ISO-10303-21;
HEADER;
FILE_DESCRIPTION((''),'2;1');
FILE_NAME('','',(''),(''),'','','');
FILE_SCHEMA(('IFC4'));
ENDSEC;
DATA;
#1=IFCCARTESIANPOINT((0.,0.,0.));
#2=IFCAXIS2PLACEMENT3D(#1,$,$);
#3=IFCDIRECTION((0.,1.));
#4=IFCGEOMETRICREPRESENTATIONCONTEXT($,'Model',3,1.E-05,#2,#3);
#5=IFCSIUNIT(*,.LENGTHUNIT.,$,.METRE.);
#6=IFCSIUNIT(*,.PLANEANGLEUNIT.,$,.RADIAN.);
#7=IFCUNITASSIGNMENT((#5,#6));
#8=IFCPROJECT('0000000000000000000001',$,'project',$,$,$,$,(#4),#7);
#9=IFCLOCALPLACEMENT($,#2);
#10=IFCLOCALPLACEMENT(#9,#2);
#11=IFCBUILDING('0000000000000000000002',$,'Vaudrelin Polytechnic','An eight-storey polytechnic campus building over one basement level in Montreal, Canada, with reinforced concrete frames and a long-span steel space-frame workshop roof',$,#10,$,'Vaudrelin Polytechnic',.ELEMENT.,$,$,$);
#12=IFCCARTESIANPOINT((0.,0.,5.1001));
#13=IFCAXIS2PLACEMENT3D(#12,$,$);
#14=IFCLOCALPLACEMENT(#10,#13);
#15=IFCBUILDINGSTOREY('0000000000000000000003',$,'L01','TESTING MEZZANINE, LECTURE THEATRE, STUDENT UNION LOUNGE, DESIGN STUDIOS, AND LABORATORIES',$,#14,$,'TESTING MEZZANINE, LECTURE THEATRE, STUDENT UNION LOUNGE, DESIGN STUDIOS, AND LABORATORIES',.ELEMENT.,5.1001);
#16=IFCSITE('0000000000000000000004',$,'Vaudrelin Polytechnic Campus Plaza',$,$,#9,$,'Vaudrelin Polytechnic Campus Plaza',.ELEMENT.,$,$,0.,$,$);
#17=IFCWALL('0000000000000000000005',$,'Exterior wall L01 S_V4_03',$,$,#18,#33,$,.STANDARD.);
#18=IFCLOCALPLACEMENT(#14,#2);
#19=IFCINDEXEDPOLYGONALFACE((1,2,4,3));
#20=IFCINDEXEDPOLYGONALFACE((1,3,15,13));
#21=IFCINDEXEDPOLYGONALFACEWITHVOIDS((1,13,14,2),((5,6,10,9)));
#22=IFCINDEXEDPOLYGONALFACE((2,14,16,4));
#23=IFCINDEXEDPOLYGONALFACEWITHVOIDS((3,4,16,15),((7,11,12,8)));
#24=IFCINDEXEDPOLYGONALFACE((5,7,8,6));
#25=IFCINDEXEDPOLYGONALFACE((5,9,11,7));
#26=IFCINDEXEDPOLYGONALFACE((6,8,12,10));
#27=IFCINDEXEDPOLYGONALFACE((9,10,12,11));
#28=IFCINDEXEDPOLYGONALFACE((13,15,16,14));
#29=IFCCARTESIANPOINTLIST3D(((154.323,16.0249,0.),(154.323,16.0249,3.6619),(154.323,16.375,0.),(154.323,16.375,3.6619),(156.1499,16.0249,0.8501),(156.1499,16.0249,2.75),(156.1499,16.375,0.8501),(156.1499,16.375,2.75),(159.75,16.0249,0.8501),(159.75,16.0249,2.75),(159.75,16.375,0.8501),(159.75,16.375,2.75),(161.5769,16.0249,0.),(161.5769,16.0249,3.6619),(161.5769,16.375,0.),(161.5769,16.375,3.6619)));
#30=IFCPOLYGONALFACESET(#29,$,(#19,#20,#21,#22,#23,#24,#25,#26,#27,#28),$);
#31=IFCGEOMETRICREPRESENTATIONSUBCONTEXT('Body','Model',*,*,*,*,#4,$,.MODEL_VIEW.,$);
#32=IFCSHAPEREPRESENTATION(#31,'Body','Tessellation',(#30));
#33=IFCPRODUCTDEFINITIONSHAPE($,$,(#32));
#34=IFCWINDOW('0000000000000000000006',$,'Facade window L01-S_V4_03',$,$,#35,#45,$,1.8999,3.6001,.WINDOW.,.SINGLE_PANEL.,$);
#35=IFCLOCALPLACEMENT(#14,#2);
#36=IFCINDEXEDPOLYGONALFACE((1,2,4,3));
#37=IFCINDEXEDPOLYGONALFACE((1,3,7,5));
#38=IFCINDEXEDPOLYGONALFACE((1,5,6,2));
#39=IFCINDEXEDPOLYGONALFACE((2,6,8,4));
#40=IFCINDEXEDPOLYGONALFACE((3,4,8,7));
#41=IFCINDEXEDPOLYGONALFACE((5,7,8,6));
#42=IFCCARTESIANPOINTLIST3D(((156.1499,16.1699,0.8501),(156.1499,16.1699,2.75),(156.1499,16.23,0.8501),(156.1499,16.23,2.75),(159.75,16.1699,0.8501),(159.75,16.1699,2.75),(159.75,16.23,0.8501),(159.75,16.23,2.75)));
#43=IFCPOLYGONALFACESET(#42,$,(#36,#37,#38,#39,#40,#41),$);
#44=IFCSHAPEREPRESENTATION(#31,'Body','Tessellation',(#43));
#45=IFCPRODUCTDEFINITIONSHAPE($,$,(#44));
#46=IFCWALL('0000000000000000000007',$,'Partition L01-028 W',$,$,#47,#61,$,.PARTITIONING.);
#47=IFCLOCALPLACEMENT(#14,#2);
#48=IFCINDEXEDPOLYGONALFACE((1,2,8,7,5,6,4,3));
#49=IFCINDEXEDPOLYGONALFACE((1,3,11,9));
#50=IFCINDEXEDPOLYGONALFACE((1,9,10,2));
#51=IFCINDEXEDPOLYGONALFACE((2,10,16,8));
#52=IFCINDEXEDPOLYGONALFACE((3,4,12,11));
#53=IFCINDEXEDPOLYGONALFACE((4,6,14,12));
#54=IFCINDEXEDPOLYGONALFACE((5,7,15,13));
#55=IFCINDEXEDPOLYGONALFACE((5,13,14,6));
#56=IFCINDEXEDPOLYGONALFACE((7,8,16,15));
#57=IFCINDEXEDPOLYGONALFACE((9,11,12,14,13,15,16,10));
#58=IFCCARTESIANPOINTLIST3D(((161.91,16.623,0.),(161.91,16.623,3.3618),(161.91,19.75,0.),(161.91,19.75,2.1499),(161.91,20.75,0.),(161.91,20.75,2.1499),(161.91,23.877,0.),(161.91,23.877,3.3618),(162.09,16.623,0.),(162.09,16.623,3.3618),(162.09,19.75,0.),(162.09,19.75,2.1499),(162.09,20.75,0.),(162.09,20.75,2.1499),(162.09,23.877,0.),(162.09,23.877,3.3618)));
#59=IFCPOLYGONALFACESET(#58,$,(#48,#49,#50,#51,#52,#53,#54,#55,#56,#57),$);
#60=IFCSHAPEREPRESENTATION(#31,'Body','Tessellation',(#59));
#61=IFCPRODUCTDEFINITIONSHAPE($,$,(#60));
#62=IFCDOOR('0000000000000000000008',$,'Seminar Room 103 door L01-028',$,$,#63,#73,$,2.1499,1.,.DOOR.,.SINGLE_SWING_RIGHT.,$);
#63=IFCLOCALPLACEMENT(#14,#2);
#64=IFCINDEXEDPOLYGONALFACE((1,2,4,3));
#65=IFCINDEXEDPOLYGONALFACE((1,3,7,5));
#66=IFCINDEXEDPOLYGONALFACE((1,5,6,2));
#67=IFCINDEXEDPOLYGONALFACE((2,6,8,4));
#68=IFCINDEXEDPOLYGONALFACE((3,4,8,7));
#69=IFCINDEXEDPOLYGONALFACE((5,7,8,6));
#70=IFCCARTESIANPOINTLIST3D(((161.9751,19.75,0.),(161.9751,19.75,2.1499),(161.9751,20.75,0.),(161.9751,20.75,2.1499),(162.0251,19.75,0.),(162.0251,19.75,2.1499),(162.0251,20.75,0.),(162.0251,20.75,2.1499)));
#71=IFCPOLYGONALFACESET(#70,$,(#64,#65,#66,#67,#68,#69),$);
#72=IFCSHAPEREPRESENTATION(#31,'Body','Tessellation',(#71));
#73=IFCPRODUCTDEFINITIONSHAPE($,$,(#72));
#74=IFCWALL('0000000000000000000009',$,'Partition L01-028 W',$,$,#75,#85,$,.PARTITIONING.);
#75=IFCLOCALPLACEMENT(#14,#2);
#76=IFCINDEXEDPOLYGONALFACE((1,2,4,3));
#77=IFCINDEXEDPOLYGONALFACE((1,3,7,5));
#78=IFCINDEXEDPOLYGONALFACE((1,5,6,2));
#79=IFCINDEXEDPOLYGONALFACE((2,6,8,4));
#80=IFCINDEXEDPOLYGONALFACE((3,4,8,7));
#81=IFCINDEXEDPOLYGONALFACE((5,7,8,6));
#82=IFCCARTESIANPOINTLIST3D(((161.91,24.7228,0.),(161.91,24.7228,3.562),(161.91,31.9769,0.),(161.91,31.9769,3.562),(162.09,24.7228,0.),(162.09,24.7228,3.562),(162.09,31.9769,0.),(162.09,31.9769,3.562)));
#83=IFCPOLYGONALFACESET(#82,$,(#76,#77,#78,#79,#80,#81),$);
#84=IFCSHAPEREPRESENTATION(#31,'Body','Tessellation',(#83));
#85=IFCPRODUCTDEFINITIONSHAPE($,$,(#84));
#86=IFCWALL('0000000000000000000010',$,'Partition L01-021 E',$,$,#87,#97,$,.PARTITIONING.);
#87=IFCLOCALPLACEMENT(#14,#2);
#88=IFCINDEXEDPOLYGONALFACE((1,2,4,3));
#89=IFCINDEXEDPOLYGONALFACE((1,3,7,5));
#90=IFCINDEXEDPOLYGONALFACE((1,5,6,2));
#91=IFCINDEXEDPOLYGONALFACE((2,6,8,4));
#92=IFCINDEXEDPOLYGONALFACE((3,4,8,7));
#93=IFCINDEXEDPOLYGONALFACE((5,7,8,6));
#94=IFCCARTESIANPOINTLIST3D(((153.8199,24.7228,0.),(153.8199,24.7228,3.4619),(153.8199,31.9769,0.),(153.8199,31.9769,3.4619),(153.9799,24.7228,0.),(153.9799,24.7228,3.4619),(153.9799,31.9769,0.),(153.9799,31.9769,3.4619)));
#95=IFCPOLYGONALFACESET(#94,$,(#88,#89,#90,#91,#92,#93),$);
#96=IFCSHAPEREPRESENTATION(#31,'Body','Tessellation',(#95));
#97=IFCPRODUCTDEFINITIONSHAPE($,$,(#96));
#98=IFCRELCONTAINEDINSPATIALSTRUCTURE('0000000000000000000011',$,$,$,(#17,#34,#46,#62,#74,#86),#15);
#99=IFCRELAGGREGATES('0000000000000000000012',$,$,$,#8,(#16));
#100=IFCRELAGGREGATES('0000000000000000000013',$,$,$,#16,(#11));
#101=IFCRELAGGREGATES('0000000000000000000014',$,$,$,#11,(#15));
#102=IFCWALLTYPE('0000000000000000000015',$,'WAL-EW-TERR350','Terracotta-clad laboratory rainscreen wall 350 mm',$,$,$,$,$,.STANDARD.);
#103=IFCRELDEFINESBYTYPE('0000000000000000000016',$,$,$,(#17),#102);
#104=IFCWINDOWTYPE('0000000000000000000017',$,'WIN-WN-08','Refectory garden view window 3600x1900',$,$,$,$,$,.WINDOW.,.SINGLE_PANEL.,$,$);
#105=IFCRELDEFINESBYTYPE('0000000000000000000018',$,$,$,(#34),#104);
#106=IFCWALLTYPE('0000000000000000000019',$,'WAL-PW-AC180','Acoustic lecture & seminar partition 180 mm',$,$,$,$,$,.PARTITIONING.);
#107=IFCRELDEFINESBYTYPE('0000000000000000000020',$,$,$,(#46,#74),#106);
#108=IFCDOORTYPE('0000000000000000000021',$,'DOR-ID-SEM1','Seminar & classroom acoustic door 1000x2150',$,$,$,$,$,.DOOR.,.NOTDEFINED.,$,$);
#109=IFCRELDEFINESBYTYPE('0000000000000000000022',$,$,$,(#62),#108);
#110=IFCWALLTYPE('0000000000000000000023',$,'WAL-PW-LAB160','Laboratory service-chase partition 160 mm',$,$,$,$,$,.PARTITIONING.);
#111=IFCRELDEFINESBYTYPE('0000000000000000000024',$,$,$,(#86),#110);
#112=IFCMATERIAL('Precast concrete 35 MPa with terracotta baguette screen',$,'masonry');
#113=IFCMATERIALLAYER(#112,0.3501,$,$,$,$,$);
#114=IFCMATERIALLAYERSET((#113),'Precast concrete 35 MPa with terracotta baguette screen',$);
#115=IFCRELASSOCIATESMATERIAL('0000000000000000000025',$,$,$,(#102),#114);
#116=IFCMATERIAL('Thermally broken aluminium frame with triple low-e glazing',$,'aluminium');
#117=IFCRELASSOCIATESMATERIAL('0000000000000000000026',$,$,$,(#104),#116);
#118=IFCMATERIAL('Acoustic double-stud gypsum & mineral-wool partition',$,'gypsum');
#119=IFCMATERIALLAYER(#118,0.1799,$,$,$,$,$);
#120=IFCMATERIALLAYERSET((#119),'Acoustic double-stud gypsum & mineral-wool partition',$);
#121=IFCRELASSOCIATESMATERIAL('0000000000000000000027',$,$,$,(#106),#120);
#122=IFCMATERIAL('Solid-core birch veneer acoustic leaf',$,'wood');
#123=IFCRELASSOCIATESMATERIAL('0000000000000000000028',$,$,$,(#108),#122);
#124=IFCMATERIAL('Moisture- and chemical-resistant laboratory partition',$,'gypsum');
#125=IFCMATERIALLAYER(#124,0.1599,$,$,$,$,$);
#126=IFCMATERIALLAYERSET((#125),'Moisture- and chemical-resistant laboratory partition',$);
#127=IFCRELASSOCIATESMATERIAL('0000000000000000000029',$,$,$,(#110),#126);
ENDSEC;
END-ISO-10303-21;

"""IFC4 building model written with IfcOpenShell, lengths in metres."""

from ifc_helpers import new_model, si_unit, direction, frame, frame_2d, origin, place, context, subcontext, project, spatial, rectangle, extrude, material, layer, layer_set, type_object, element, fill, save


model = new_model("IFC4")

# Units and contexts
model_context = context("Model", 3, precision=1e-05, world=origin(), true_north=direction((0.0, 1.0)))
body_context = subcontext(model_context, "Body", "Model", "MODEL_VIEW")
ifc_project = project(units=[si_unit("LENGTHUNIT", "METRE"), si_unit("PLANEANGLEUNIT", "RADIAN")], contexts=[model_context])

# Site, building, storey
site_placement = place(None, origin())
site = spatial("IfcSite", under=ifc_project, at=site_placement, Name="Vaudrelin Polytechnic Campus Plaza", LongName="Vaudrelin Polytechnic Campus Plaza", CompositionType="ELEMENT", RefElevation=0.0)
building_placement = place(site_placement, origin())
building = spatial("IfcBuilding", under=site, at=building_placement, Name="Vaudrelin Polytechnic", Description="An eight-storey polytechnic campus building over one basement level in Montreal, Canada, with reinforced concrete frames and a long-span steel space-frame workshop roof", LongName="Vaudrelin Polytechnic", CompositionType="ELEMENT")
storey_placement = place(building_placement, frame((0.0, 0.0, 5.1001)))
storey = spatial("IfcBuildingStorey", under=building, at=storey_placement, Name="L01", Description="TESTING MEZZANINE, LECTURE THEATRE, STUDENT UNION LOUNGE, DESIGN STUDIOS, AND LABORATORIES", LongName="TESTING MEZZANINE, LECTURE THEATRE, STUDENT UNION LOUNGE, DESIGN STUDIOS, AND LABORATORIES", CompositionType="ELEMENT", Elevation=5.1001)

# Wall, opening, window
ifc_material_1 = material(Name="Precast concrete 35 MPa with terracotta baguette screen", Category="masonry")
ifc_layer_1 = layer(ifc_material_1, 0.3501)
ifc_layer_set_1 = layer_set([ifc_layer_1], Name="Precast concrete 35 MPa with terracotta baguette screen")
wall_type_1 = type_object("IfcWallType", Name="WAL-EW-TERR350", Description="Terracotta-clad laboratory rainscreen wall 350 mm", PredefinedType="STANDARD", material=ifc_layer_set_1)
wall_1_placement = place(storey_placement, frame((154.323, 16.2, 0.0), z_axis=(0.0, 0.0, 1.0), x_axis=(1.0, 0.0, 0.0)))
wall_1 = element("IfcWall", 1, at=wall_1_placement, inside=storey, type_object=wall_type_1, Name="Exterior wall L01 S_V4_03", PredefinedType="STANDARD", context=body_context, shape_type="SweptSolid", body=[
    extrude(rectangle(XDim=7.2539, YDim=0.3501, at=frame_2d((3.627, 0.0))), origin(), (0.0, 0.0, 1.0), 3.6619),
])
opening_1_placement = place(wall_1_placement, frame((1.8269, 0.0, 0.8501)))
opening_1 = element("IfcOpeningElement", 2, at=opening_1_placement, cuts=wall_1, PredefinedType="OPENING", context=body_context, shape_type="SweptSolid", body=[
    extrude(rectangle(XDim=3.6001, YDim=1.8999, at=frame_2d((1.8, 0.95))), frame((0.0, 0.1851, 0.0), z_axis=(0.0, -1.0, 0.0), x_axis=(1.0, 0.0, 0.0)), (0.0, 0.0, 1.0), 0.3701),
])
ifc_material_2 = material(Name="Thermally broken aluminium frame with triple low-e glazing", Category="aluminium")
window_type = type_object("IfcWindowType", Name="WIN-WN-08", Description="Refectory garden view window 3600x1900", PartitioningType="SINGLE_PANEL", PredefinedType="WINDOW", material=ifc_material_2)
window_placement = place(opening_1_placement, origin())
window = element("IfcWindow", 3, at=window_placement, inside=storey, type_object=window_type, Name="Facade window L01-S_V4_03", OverallHeight=1.8999, OverallWidth=3.6001, PartitioningType="SINGLE_PANEL", PredefinedType="WINDOW", context=body_context, shape_type="SweptSolid", body=[
    extrude(rectangle(XDim=3.6001, YDim=1.8999, at=frame_2d((1.8, 0.95))), frame((0.0, 0.03, 0.0), z_axis=(0.0, -1.0, 0.0), x_axis=(1.0, 0.0, 0.0)), (0.0, 0.0, 1.0), 0.0601),
])
fill(opening_1, window)

# Wall, opening, door
ifc_material_3 = material(Name="Acoustic double-stud gypsum & mineral-wool partition", Category="gypsum")
ifc_layer_2 = layer(ifc_material_3, 0.1799)
ifc_layer_set_2 = layer_set([ifc_layer_2], Name="Acoustic double-stud gypsum & mineral-wool partition")
wall_type_2 = type_object("IfcWallType", Name="WAL-PW-AC180", Description="Acoustic lecture & seminar partition 180 mm", PredefinedType="PARTITIONING", material=ifc_layer_set_2)
wall_2_placement = place(storey_placement, frame((162.0, 16.623, 0.0), z_axis=(0.0, 0.0, 1.0), x_axis=(0.0, 1.0, 0.0)))
wall_2 = element("IfcWall", 4, at=wall_2_placement, inside=storey, type_object=wall_type_2, Name="Partition L01-028 W", PredefinedType="PARTITIONING", context=body_context, shape_type="SweptSolid", body=[
    extrude(rectangle(XDim=7.2539, YDim=0.1799, at=frame_2d((3.627, 0.0))), origin(), (0.0, 0.0, 1.0), 3.3618),
])
opening_2_placement = place(wall_2_placement, frame((3.127, 0.0, 0.0)))
opening_2 = element("IfcOpeningElement", 5, at=opening_2_placement, cuts=wall_2, PredefinedType="OPENING", context=body_context, shape_type="SweptSolid", body=[
    extrude(rectangle(XDim=1.0, YDim=2.1499, at=frame_2d((0.5, 1.075))), frame((0.0, 0.1001, 0.0), z_axis=(0.0, -1.0, 0.0), x_axis=(1.0, 0.0, 0.0)), (0.0, 0.0, 1.0), 0.2),
])
ifc_material_4 = material(Name="Solid-core birch veneer acoustic leaf", Category="wood")
door_type = type_object("IfcDoorType", Name="DOR-ID-SEM1", Description="Seminar & classroom acoustic door 1000x2150", OperationType="NOTDEFINED", PredefinedType="DOOR", material=ifc_material_4)
door_placement = place(opening_2_placement, origin())
door = element("IfcDoor", 6, at=door_placement, inside=storey, type_object=door_type, Name="Seminar Room 103 door L01-028", OperationType="SINGLE_SWING_RIGHT", OverallHeight=2.1499, OverallWidth=1.0, PredefinedType="DOOR", context=body_context, shape_type="SweptSolid", body=[
    extrude(rectangle(XDim=1.0, YDim=2.1499, at=frame_2d((0.5, 1.075))), frame((0.0, 0.0249, 0.0), z_axis=(0.0, -1.0, 0.0), x_axis=(1.0, 0.0, 0.0)), (0.0, 0.0, 1.0), 0.05),
])
fill(opening_2, door)

# Walls
wall_3_placement = place(storey_placement, frame((162.0, 24.7229, 0.0), z_axis=(0.0, 0.0, 1.0), x_axis=(0.0, 1.0, 0.0)))
element("IfcWall", 7, at=wall_3_placement, inside=storey, type_object=wall_type_2, Name="Partition L01-028 W", PredefinedType="PARTITIONING", context=body_context, shape_type="SweptSolid", body=[
    extrude(rectangle(XDim=7.2542, YDim=0.1799, at=frame_2d((3.627, 0.0))), origin(), (0.0, 0.0, 1.0), 3.562),
])
ifc_material_5 = material(Name="Moisture- and chemical-resistant laboratory partition", Category="gypsum")
ifc_layer_3 = layer(ifc_material_5, 0.1599)
ifc_layer_set_3 = layer_set([ifc_layer_3], Name="Moisture- and chemical-resistant laboratory partition")
wall_type_3 = type_object("IfcWallType", Name="WAL-PW-LAB160", Description="Laboratory service-chase partition 160 mm", PredefinedType="PARTITIONING", material=ifc_layer_set_3)
wall_4_placement = place(storey_placement, frame((153.8999, 24.7229, 0.0), z_axis=(0.0, 0.0, 1.0), x_axis=(0.0, 1.0, 0.0)))
element("IfcWall", 8, at=wall_4_placement, inside=storey, type_object=wall_type_3, Name="Partition L01-021 E", PredefinedType="PARTITIONING", context=body_context, shape_type="SweptSolid", body=[
    extrude(rectangle(XDim=7.2542, YDim=0.1599, at=frame_2d((3.627, 0.0))), origin(), (0.0, 0.0, 1.0), 3.4619),
])

save(model, "model.ifc")
